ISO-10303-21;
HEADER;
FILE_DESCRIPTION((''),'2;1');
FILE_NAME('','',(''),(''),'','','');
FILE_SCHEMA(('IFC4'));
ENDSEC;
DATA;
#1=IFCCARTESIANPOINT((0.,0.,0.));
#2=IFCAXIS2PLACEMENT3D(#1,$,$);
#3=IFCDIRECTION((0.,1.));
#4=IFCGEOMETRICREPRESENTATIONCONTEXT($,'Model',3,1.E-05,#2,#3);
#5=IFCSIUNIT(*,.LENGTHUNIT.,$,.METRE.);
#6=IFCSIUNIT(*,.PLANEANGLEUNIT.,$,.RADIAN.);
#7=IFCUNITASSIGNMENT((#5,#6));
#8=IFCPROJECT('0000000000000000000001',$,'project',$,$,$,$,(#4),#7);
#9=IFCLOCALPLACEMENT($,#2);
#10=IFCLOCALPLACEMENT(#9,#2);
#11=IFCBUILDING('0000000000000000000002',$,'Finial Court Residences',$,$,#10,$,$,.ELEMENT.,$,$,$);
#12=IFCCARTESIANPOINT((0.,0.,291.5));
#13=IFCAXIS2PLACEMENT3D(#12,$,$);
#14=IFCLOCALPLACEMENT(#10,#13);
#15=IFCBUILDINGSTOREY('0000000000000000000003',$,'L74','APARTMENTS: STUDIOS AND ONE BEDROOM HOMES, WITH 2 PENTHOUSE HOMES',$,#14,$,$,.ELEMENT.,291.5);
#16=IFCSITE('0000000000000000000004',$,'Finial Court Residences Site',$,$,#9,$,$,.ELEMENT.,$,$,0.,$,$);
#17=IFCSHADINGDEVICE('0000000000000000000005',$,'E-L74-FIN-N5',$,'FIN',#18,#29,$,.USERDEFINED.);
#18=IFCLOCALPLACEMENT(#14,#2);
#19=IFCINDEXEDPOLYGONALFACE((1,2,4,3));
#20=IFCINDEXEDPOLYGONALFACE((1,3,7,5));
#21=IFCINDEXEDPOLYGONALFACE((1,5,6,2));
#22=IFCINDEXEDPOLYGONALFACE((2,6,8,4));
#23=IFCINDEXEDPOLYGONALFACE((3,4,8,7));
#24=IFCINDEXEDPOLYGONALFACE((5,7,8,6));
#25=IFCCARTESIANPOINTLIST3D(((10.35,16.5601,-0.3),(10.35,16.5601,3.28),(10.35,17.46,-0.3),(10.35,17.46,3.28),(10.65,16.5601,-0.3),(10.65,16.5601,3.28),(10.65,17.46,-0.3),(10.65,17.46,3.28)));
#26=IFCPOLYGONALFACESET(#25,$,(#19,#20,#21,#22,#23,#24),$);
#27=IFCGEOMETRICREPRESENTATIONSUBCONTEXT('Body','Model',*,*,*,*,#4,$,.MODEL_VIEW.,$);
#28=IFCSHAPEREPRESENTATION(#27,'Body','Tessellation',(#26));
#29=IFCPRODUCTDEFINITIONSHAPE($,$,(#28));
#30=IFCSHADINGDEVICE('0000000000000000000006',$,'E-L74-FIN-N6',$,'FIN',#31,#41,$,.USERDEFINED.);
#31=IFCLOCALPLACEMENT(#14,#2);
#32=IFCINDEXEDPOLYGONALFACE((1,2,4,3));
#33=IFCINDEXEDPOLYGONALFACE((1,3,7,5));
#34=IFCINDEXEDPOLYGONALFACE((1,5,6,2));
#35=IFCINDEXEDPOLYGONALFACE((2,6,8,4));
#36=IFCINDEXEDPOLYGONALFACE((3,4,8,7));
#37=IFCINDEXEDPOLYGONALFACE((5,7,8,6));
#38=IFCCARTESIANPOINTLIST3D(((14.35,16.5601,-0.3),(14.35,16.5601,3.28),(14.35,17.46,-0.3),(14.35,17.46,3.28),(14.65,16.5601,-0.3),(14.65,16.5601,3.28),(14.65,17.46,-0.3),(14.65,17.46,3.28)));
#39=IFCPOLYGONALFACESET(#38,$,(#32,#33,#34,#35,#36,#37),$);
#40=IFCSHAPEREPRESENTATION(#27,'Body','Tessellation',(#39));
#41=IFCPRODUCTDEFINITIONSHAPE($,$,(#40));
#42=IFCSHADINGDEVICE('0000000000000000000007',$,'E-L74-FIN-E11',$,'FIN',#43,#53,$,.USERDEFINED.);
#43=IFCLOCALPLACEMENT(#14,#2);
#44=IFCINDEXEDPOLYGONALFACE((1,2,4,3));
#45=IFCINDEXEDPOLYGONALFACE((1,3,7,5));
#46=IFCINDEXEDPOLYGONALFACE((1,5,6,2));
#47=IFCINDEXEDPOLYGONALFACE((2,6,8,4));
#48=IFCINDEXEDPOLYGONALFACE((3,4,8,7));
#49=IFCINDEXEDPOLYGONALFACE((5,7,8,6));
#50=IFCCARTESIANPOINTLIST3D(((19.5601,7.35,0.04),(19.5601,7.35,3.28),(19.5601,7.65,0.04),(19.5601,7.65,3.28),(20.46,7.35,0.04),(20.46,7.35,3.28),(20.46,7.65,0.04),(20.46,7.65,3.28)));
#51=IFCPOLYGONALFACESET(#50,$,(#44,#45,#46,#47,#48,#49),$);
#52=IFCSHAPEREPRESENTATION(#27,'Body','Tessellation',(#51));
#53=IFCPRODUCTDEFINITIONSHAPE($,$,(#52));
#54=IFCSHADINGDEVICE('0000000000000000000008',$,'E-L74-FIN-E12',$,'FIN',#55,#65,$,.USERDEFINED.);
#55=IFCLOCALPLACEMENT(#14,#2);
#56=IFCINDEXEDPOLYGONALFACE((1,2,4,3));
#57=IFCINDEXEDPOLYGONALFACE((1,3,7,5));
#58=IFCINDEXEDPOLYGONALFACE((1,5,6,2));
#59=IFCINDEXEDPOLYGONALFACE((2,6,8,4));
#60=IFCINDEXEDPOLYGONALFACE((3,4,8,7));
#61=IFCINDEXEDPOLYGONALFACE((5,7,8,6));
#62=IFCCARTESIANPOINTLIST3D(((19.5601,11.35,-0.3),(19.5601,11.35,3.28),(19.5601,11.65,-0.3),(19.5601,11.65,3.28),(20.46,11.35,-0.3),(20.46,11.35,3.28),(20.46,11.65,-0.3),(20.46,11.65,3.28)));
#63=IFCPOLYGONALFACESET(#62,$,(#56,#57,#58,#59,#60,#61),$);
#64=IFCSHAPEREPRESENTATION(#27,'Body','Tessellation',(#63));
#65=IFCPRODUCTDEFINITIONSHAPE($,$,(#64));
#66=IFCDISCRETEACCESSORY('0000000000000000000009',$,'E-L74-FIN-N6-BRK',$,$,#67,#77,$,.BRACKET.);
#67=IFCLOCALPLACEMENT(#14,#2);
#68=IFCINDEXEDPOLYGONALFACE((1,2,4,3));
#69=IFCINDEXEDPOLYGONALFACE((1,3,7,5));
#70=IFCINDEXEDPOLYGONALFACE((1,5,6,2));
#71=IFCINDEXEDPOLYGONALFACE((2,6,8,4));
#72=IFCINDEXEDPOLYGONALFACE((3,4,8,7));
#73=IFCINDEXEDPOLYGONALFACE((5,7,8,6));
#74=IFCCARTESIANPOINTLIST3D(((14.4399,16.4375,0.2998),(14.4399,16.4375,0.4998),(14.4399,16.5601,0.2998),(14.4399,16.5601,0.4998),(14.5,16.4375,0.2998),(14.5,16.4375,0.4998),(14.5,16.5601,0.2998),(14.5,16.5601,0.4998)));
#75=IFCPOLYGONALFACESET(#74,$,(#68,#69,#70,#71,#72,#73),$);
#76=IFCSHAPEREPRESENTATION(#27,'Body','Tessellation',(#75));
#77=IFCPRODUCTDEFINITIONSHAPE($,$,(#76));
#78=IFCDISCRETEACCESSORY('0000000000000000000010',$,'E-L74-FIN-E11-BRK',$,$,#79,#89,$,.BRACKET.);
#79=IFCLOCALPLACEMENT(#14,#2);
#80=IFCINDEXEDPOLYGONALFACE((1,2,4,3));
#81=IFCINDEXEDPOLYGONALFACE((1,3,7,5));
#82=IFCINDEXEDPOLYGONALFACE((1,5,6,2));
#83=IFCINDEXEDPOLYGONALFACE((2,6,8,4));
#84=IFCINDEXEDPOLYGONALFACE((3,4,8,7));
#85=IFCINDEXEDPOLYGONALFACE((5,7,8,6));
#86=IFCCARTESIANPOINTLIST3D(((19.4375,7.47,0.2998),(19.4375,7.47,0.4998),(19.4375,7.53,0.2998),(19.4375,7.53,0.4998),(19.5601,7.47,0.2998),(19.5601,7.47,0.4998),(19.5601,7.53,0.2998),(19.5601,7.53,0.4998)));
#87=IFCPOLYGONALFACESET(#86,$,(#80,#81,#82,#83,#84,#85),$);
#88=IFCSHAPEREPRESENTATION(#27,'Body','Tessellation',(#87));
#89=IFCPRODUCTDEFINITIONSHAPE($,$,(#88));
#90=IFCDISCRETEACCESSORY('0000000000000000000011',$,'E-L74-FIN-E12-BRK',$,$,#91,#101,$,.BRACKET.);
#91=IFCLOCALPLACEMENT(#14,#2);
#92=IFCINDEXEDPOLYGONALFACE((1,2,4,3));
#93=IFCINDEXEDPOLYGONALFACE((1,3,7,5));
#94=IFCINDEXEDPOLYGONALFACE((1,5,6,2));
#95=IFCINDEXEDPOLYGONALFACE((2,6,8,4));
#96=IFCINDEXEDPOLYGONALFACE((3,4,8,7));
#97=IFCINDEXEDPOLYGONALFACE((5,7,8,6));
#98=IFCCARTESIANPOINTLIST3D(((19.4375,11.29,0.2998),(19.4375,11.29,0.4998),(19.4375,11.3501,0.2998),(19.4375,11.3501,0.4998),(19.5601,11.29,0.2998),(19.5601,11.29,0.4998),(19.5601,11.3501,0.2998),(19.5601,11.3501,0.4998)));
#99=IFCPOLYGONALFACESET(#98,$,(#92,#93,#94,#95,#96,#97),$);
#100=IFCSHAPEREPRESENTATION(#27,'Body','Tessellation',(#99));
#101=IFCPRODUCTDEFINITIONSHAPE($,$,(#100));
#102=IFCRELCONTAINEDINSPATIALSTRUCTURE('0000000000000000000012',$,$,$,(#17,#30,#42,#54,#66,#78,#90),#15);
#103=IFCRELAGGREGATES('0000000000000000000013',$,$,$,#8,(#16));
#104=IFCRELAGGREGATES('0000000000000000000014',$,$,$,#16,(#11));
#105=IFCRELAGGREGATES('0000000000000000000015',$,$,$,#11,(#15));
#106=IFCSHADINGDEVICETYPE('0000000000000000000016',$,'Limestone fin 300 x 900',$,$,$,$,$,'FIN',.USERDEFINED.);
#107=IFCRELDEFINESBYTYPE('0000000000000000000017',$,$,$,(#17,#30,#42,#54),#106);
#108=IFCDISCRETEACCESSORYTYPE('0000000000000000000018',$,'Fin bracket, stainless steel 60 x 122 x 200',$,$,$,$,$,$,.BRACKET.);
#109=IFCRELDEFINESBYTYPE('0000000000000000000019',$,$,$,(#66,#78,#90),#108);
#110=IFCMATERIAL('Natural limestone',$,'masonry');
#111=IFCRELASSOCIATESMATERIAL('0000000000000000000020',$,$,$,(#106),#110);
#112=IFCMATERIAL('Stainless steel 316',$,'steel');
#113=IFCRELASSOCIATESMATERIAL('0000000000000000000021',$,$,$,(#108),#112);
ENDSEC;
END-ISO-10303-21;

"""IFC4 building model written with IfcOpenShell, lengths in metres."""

from ifc_helpers import new_model, si_unit, direction, frame, origin, origin_2d, place, context, subcontext, project, spatial, rectangle, extrude, material, type_object, element, save


model = new_model("IFC4")

# Units and contexts
model_context = context("Model", 3, precision=1e-05, world=origin(), true_north=direction((0.0, 1.0)))
body_context = subcontext(model_context, "Body", "Model", "MODEL_VIEW")
ifc_project = project(units=[si_unit("LENGTHUNIT", "METRE"), si_unit("PLANEANGLEUNIT", "RADIAN")], contexts=[model_context])

# Site, building, storey
site_placement = place(None, origin())
site = spatial("IfcSite", under=ifc_project, at=site_placement, Name="Finial Court Residences Site", CompositionType="ELEMENT", RefElevation=0.0)
building_placement = place(site_placement, origin())
building = spatial("IfcBuilding", under=site, at=building_placement, Name="Finial Court Residences", CompositionType="ELEMENT")
storey_placement = place(building_placement, frame((0.0, 0.0, 291.5)))
storey = spatial("IfcBuildingStorey", under=building, at=storey_placement, Name="L74", Description="APARTMENTS: STUDIOS AND ONE BEDROOM HOMES, WITH 2 PENTHOUSE HOMES", CompositionType="ELEMENT", Elevation=291.5)

# Shared definitions
ifc_material_1 = material(Name="Natural limestone", Category="masonry")

# Shading devices
shading_device_type = type_object("IfcShadingDeviceType", Name="Limestone fin 300 x 900", ElementType="FIN", PredefinedType="USERDEFINED", material=ifc_material_1)
for number, where, z_axis, x_axis, name in (
    (1, (10.5, 17.01, -0.3), (0.0, 0.0, 1.0), (1.0, 0.0, 0.0), "E-L74-FIN-N5"),
    (2, (14.5, 17.01, -0.3), (0.0, 0.0, 1.0), (1.0, 0.0, 0.0), "E-L74-FIN-N6"),
):
    element("IfcShadingDevice", number, at=place(storey_placement, frame(where, z_axis=z_axis, x_axis=x_axis)), inside=storey, type_object=shading_device_type, Name=name, ObjectType="FIN", PredefinedType="USERDEFINED", context=body_context, shape_type="SweptSolid", body=[
        extrude(rectangle(XDim=0.3, YDim=0.8999, at=origin_2d()), origin(), (0.0, 0.0, 1.0), 3.5801),
    ])
shading_device_1_placement = place(storey_placement, frame((20.01, 7.5, 0.04), z_axis=(0.0, 0.0, 1.0), x_axis=(1.0, 0.0, 0.0)))
element("IfcShadingDevice", 3, at=shading_device_1_placement, inside=storey, type_object=shading_device_type, Name="E-L74-FIN-E11", ObjectType="FIN", PredefinedType="USERDEFINED", context=body_context, shape_type="SweptSolid", body=[
    extrude(rectangle(XDim=0.8999, YDim=0.3, at=origin_2d()), origin(), (0.0, 0.0, 1.0), 3.24),
])
shading_device_2_placement = place(storey_placement, frame((20.01, 11.5, -0.3), z_axis=(0.0, 0.0, 1.0), x_axis=(1.0, 0.0, 0.0)))
element("IfcShadingDevice", 4, at=shading_device_2_placement, inside=storey, type_object=shading_device_type, Name="E-L74-FIN-E12", ObjectType="FIN", PredefinedType="USERDEFINED", context=body_context, shape_type="SweptSolid", body=[
    extrude(rectangle(XDim=0.8999, YDim=0.3, at=origin_2d()), origin(), (0.0, 0.0, 1.0), 3.5801),
])

# Discrete accessories
ifc_material_2 = material(Name="Stainless steel 316", Category="steel")
discrete_accessory_type = type_object("IfcDiscreteAccessoryType", Name="Fin bracket, stainless steel 60 x 122 x 200", PredefinedType="BRACKET", material=ifc_material_2)
discrete_accessory_placement = place(storey_placement, frame((14.47, 16.4988, 0.2998), z_axis=(0.0, 0.0, 1.0), x_axis=(1.0, 0.0, 0.0)))
element("IfcDiscreteAccessory", 5, at=discrete_accessory_placement, inside=storey, type_object=discrete_accessory_type, Name="E-L74-FIN-N6-BRK", PredefinedType="BRACKET", context=body_context, shape_type="SweptSolid", body=[
    extrude(rectangle(XDim=0.0601, YDim=0.1226, at=origin_2d()), origin(), (0.0, 0.0, 1.0), 0.2),
])
for number, where, z_axis, x_axis, name in (
    (6, (19.4988, 7.5, 0.2998), (0.0, 0.0, 1.0), (1.0, 0.0, 0.0), "E-L74-FIN-E11-BRK"),
    (7, (19.4988, 11.3201, 0.2998), (0.0, 0.0, 1.0), (1.0, 0.0, 0.0), "E-L74-FIN-E12-BRK"),
):
    element("IfcDiscreteAccessory", number, at=place(storey_placement, frame(where, z_axis=z_axis, x_axis=x_axis)), inside=storey, type_object=discrete_accessory_type, Name=name, PredefinedType="BRACKET", context=body_context, shape_type="SweptSolid", body=[
        extrude(rectangle(XDim=0.1226, YDim=0.0601, at=origin_2d()), origin(), (0.0, 0.0, 1.0), 0.2),
    ])

save(model, "model.ifc")
